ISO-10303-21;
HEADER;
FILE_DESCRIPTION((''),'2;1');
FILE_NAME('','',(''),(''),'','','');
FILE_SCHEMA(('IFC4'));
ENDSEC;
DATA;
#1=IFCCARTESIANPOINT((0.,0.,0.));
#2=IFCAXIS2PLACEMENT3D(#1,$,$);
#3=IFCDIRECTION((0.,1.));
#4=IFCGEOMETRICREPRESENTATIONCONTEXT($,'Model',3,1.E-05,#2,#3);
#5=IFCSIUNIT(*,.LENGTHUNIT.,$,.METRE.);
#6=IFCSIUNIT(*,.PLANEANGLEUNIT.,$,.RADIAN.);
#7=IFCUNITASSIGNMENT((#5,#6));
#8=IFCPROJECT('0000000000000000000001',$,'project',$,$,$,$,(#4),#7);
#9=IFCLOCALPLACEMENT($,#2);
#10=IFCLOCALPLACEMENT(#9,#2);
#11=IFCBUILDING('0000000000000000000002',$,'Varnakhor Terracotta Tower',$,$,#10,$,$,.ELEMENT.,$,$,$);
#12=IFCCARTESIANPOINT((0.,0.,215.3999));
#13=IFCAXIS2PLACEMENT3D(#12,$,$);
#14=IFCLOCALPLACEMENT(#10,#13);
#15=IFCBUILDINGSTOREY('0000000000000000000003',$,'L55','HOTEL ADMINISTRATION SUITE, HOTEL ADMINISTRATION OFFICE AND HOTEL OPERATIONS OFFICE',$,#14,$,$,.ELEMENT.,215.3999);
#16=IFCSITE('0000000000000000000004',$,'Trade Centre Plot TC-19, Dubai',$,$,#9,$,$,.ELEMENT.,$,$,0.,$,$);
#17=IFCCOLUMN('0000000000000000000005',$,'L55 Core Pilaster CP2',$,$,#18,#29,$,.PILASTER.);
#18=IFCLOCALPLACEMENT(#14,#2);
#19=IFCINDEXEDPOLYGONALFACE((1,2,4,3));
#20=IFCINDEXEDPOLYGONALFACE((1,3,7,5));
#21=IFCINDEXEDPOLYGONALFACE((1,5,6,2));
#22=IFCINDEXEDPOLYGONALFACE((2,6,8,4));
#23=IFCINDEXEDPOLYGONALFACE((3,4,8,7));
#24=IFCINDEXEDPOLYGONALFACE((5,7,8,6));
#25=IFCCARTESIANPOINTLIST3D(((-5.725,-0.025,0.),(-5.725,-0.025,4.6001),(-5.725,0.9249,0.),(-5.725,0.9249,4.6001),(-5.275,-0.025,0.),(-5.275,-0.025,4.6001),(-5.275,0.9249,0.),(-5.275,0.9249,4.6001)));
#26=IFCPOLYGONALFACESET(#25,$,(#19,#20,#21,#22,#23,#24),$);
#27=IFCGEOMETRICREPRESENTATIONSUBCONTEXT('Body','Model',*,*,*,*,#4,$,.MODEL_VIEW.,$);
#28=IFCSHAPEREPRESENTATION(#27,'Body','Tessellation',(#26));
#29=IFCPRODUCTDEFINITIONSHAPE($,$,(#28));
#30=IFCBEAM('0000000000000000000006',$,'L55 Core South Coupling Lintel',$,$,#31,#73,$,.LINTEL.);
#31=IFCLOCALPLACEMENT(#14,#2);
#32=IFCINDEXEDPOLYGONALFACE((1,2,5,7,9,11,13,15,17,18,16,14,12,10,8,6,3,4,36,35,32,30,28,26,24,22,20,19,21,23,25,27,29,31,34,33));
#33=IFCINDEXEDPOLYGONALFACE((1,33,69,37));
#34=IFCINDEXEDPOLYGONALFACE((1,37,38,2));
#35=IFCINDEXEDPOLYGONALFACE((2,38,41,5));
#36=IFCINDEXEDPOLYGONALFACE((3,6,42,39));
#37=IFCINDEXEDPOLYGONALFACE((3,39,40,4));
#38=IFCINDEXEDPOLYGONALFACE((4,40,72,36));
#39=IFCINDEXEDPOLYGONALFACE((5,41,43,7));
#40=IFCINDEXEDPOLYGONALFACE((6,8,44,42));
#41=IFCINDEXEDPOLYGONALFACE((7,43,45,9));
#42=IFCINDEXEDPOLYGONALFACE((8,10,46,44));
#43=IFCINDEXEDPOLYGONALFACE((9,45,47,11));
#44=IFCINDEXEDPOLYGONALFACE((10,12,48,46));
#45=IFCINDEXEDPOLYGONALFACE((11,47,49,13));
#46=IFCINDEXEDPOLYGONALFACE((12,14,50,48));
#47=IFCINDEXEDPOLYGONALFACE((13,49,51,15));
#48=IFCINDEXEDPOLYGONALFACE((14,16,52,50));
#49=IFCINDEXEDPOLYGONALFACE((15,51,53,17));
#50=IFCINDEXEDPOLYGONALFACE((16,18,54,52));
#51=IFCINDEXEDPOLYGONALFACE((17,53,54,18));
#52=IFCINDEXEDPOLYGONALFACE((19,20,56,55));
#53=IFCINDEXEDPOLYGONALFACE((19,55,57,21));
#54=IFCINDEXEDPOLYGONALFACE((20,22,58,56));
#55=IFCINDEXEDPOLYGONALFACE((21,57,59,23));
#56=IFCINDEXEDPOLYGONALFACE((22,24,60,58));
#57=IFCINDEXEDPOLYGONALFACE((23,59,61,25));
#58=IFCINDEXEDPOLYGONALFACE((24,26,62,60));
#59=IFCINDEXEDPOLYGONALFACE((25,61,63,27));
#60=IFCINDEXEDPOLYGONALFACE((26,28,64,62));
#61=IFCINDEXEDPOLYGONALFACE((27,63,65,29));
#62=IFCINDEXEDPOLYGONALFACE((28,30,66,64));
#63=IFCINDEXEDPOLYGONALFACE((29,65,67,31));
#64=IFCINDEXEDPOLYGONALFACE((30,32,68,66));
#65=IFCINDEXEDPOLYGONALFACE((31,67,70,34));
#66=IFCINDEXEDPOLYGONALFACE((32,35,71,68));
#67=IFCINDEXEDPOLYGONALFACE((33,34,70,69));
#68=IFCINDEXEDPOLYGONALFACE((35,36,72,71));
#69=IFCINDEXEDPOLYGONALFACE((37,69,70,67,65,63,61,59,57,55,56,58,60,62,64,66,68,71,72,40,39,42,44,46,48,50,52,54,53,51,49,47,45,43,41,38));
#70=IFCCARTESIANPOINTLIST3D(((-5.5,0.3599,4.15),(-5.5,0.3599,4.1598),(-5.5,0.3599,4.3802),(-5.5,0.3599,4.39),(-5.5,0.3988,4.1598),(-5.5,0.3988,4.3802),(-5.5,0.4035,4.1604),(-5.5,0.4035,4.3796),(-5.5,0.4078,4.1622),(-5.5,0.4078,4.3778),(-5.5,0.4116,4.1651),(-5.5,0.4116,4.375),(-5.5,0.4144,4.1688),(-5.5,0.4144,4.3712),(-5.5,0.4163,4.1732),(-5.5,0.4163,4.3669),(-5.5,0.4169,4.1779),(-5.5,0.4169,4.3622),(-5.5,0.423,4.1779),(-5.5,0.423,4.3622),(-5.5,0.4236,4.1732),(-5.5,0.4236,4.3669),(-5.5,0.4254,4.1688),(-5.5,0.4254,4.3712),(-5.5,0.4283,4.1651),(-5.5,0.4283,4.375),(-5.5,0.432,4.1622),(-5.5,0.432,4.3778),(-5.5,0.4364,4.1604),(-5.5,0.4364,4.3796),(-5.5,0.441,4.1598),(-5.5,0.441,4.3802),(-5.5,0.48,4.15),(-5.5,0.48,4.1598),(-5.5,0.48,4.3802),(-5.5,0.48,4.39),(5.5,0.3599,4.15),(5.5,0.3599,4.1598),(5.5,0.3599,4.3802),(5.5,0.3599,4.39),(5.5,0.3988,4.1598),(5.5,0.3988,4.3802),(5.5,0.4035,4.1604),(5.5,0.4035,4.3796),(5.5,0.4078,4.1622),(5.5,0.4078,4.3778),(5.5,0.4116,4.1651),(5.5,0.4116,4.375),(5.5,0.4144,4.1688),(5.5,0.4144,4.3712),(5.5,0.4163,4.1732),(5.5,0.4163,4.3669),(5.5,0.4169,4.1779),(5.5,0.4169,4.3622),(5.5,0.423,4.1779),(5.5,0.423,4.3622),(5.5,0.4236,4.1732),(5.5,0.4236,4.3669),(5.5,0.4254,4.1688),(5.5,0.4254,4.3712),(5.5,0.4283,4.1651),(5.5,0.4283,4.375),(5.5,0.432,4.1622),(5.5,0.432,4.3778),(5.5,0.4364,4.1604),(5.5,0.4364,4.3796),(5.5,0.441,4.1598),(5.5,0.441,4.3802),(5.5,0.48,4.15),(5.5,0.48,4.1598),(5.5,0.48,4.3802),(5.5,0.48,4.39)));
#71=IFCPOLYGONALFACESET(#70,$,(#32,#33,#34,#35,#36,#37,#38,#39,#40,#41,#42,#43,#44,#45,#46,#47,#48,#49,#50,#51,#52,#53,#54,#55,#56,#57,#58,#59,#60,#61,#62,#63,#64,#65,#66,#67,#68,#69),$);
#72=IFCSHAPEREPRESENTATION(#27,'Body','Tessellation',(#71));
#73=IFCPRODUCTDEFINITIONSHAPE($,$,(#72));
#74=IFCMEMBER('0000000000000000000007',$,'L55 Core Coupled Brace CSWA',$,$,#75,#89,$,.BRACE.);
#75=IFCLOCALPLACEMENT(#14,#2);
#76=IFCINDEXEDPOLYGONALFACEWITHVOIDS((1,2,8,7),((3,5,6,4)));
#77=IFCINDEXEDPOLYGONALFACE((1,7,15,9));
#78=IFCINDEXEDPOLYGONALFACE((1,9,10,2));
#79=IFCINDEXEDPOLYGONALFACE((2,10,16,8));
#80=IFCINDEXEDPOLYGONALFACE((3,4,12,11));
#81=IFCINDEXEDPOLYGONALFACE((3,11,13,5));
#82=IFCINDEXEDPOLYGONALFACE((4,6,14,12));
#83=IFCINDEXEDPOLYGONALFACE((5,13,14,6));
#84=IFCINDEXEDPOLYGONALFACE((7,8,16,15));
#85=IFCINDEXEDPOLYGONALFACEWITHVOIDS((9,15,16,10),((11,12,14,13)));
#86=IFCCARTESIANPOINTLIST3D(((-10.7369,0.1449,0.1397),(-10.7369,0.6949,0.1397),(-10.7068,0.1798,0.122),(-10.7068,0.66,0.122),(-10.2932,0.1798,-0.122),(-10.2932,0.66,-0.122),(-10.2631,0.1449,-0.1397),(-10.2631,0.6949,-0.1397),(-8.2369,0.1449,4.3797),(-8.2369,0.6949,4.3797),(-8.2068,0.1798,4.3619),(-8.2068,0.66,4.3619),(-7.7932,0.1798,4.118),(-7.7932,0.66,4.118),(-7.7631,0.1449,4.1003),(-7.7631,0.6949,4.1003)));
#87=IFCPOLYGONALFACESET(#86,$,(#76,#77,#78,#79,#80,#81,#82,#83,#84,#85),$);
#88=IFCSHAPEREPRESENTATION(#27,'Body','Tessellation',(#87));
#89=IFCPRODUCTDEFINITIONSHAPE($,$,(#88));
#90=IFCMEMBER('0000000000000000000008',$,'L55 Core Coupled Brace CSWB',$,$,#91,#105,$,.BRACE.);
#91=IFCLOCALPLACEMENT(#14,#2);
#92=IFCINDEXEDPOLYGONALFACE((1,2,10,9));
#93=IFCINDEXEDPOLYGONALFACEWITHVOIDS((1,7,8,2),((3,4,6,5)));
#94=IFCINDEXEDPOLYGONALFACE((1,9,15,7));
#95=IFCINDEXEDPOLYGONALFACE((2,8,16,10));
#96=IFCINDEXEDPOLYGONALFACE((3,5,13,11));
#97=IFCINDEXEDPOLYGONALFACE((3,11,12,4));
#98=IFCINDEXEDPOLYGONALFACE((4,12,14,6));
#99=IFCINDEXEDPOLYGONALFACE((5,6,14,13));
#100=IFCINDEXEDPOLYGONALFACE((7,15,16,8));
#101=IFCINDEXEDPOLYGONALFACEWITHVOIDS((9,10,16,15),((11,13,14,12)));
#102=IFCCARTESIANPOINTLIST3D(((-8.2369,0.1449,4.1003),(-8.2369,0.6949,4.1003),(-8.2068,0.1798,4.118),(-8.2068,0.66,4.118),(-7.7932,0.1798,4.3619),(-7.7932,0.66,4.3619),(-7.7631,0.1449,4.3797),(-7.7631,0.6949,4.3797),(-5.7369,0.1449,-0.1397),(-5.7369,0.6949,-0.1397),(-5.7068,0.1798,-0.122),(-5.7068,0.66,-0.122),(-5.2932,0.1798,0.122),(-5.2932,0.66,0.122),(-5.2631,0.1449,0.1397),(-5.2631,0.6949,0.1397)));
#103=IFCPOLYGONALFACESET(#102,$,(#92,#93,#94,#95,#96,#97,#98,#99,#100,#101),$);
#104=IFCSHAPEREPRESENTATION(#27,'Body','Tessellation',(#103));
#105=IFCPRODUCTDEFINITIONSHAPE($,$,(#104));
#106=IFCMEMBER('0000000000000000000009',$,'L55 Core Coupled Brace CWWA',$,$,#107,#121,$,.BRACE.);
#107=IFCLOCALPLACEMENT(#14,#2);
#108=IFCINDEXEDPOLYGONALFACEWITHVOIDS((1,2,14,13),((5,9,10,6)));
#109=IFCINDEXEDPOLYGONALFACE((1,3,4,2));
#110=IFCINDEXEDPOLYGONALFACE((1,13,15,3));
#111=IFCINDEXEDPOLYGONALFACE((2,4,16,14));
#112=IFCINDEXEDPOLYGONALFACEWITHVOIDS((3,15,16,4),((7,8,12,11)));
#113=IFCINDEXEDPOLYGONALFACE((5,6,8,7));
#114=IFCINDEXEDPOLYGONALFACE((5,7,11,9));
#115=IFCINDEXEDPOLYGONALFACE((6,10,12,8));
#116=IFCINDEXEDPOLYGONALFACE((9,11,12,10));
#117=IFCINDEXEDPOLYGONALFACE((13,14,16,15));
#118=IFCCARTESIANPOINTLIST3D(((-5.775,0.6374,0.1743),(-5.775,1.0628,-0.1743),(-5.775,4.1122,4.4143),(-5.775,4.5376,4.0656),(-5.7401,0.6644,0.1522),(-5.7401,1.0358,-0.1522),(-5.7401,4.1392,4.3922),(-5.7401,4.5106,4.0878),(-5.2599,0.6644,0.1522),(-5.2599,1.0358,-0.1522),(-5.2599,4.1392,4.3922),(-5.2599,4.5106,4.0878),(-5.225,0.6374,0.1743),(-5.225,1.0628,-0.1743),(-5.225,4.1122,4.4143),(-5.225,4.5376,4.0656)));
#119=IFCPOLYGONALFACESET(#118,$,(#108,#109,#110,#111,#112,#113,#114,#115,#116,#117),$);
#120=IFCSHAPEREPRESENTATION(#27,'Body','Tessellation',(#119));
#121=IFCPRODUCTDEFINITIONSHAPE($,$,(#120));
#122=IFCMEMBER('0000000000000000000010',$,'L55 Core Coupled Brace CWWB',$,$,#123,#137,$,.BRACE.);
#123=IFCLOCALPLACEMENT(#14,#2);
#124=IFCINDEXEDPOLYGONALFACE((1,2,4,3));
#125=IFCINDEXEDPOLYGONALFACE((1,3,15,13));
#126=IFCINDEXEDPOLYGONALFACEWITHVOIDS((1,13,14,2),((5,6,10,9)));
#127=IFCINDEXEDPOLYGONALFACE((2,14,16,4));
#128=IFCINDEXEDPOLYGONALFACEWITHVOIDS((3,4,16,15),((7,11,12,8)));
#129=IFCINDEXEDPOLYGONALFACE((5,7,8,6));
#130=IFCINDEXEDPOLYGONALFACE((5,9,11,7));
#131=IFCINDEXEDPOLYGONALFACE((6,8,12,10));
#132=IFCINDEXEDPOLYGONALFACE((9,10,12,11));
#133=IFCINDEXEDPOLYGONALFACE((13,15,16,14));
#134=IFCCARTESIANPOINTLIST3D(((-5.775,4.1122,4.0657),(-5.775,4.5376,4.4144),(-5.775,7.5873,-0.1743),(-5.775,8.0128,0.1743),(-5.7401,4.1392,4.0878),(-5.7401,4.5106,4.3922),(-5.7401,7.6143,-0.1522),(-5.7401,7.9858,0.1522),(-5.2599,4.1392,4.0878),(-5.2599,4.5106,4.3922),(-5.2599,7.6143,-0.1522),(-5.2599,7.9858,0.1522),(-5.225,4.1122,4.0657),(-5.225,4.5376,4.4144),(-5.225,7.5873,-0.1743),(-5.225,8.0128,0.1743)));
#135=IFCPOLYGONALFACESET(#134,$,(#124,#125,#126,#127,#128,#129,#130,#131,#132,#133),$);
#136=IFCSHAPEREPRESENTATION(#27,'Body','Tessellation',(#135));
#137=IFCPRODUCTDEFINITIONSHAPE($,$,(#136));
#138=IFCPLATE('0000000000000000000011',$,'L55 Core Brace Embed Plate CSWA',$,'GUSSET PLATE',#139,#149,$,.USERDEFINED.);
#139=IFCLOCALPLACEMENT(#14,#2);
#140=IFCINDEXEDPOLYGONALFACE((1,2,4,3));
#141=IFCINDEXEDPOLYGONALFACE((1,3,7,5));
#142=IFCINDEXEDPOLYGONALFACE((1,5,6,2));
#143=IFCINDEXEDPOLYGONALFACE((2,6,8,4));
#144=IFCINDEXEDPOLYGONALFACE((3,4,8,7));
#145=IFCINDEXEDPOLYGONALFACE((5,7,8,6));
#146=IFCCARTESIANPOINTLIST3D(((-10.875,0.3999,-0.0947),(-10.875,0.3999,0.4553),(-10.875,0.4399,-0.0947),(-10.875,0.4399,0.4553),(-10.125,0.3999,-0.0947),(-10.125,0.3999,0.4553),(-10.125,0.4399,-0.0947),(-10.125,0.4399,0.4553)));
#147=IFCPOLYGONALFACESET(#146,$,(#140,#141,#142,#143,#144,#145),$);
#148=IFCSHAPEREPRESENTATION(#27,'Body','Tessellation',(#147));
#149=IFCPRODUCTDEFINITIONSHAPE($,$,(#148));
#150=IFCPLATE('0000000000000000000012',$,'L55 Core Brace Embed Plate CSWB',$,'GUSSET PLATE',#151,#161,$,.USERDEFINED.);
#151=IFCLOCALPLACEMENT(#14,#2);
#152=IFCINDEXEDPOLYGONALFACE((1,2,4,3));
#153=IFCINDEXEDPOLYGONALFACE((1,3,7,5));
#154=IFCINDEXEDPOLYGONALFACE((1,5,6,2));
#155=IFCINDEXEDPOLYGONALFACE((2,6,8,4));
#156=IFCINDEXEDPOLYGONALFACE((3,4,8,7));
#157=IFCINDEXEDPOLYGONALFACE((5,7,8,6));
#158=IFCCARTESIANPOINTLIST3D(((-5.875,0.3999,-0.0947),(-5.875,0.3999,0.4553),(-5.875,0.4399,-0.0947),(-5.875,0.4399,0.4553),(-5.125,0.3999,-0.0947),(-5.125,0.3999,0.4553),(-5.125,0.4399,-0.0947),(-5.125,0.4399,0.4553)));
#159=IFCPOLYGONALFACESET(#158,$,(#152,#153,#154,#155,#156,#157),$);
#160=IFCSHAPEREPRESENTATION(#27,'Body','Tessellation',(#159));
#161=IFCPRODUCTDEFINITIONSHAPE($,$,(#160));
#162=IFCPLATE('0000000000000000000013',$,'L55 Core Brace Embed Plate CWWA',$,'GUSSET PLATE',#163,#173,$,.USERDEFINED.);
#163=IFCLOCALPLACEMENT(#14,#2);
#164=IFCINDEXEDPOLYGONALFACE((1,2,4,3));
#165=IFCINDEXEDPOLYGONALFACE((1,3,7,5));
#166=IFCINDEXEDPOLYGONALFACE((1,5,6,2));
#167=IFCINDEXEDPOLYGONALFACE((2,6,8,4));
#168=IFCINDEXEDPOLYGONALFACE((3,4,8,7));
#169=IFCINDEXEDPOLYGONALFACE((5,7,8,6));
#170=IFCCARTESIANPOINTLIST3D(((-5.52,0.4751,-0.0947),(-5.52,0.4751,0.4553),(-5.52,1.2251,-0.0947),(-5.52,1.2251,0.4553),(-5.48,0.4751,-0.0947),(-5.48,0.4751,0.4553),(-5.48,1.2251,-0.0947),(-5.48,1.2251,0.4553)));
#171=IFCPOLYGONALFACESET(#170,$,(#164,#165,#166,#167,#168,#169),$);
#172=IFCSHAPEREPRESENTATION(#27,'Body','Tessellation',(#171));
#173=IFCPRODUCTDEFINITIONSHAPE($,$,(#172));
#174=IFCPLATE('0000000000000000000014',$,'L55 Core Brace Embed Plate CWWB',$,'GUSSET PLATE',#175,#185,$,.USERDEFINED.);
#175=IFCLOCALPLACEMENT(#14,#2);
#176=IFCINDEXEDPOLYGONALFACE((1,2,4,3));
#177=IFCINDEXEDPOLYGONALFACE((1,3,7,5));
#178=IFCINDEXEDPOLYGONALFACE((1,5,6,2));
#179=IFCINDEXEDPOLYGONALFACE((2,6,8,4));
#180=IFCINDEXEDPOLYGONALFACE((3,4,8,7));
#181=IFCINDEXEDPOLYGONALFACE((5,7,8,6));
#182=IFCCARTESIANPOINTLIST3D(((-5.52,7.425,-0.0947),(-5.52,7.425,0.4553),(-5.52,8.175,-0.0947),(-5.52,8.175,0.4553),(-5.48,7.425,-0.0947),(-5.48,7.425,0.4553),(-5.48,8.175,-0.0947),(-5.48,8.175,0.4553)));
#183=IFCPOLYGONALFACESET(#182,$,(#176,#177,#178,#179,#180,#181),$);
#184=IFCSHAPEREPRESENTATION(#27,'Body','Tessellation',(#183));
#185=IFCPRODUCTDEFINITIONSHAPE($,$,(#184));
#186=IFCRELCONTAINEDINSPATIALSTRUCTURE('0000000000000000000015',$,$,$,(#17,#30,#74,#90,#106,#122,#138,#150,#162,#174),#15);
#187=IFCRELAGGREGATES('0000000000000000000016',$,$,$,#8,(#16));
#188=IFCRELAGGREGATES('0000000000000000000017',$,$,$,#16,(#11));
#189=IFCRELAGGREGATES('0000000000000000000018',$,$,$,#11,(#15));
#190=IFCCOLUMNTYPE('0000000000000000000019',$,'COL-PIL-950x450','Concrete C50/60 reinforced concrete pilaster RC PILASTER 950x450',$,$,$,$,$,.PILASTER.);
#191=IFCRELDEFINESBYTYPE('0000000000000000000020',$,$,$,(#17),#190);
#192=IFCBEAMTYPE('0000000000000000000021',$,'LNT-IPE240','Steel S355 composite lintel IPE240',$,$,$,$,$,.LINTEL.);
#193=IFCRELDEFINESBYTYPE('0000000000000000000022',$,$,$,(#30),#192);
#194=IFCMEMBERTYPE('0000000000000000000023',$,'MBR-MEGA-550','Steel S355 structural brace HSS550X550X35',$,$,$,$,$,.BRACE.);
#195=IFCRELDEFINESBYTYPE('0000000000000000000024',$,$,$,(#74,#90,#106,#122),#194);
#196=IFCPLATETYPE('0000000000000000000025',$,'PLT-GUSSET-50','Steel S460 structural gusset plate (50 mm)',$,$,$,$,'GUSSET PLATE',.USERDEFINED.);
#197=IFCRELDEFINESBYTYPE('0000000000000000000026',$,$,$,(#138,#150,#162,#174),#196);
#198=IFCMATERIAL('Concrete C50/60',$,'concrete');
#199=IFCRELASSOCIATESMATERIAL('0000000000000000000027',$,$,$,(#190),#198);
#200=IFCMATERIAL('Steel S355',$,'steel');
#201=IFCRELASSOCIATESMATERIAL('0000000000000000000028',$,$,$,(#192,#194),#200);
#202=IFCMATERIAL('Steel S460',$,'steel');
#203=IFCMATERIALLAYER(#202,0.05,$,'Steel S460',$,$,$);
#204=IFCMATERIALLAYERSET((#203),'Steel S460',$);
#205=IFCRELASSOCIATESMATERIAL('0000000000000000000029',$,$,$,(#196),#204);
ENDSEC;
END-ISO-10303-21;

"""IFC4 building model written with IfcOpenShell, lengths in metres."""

from ifc_helpers import new_model, si_unit, direction, frame, origin, origin_2d, place, context, subcontext, project, spatial, rectangle, hollow_rectangle, i_section, extrude, source, transform, mapped, material, layer, layer_set, material_profile, profile_set, type_object, type_shapes, element, save


model = new_model("IFC4")

# Units and contexts
model_context = context("Model", 3, precision=1e-05, world=origin(), true_north=direction((0.0, 1.0)))
body_context = subcontext(model_context, "Body", "Model", "MODEL_VIEW")
ifc_project = project(units=[si_unit("LENGTHUNIT", "METRE"), si_unit("PLANEANGLEUNIT", "RADIAN")], contexts=[model_context])

# Site, building, storey
site_placement = place(None, origin())
site = spatial("IfcSite", under=ifc_project, at=site_placement, Name="Trade Centre Plot TC-19, Dubai", CompositionType="ELEMENT", RefElevation=0.0)
building_placement = place(site_placement, origin())
building = spatial("IfcBuilding", under=site, at=building_placement, Name="Varnakhor Terracotta Tower", CompositionType="ELEMENT")
storey_placement = place(building_placement, frame((0.0, 0.0, 215.3999)))
storey = spatial("IfcBuildingStorey", under=building, at=storey_placement, Name="L55", Description="HOTEL ADMINISTRATION SUITE, HOTEL ADMINISTRATION OFFICE AND HOTEL OPERATIONS OFFICE", CompositionType="ELEMENT", Elevation=215.3999)

# Column
ifc_material_1 = material(Name="Concrete C50/60", Category="concrete")
ifc_material_profile_1 = material_profile(ifc_material_1, rectangle(XDim=0.45, YDim=0.95, at=origin_2d()), Name="RC PILASTER 950x450")
ifc_profile_set_1 = profile_set([ifc_material_profile_1], Name="Concrete C50/60")
column_type = type_object("IfcColumnType", Name="COL-PIL-950x450", Description="Concrete C50/60 reinforced concrete pilaster RC PILASTER 950x450", PredefinedType="PILASTER", material=ifc_profile_set_1)
shared_shape_1 = source(origin(), body_context, "Body", "SweptSolid", [
    extrude(rectangle(XDim=0.45, YDim=0.95, at=origin_2d()), origin(), (0.0, 0.0, 1.0), 4.6001),
])
column_placement = place(storey_placement, frame((-5.5, 0.45, 0.0), z_axis=(0.0, 0.0, 1.0), x_axis=(1.0, 0.0, 0.0)))
element("IfcColumn", 1, at=column_placement, inside=storey, type_object=column_type, Name="L55 Core Pilaster CP2", PredefinedType="PILASTER", context=body_context, shape_type="MappedRepresentation", body=[
    mapped(shared_shape_1, transform((0.0, 0.0, 0.0), scale=1.0)),
])

# Beam
ifc_material_2 = material(Name="Steel S355", Category="steel")
ifc_material_profile_2 = material_profile(ifc_material_2, i_section(OverallWidth=0.1201, OverallDepth=0.24, WebThickness=0.0061, FlangeThickness=0.0098, FilletRadius=0.0181, at=origin_2d()), Name="IPE240")
ifc_profile_set_2 = profile_set([ifc_material_profile_2], Name="Steel S355")
beam_type = type_object("IfcBeamType", Name="LNT-IPE240", Description="Steel S355 composite lintel IPE240", PredefinedType="LINTEL", material=ifc_profile_set_2)
shared_shape_2 = source(origin(), body_context, "Body", "SweptSolid", [
    extrude(i_section(OverallWidth=0.1201, OverallDepth=0.24, WebThickness=0.0061, FlangeThickness=0.0098, FilletRadius=0.0181, at=origin_2d()), origin(), (0.0, 0.0, 1.0), 11.0),
])
type_shapes(beam_type, [shared_shape_2])
beam_placement = place(storey_placement, frame((-5.5, 0.4199, 4.27), z_axis=(1.0, 0.0, 0.0), x_axis=(0.0, 1.0, 0.0)))
element("IfcBeam", 2, at=beam_placement, inside=storey, type_object=beam_type, Name="L55 Core South Coupling Lintel", PredefinedType="LINTEL", context=body_context, shape_type="MappedRepresentation", body=[
    mapped(shared_shape_2, transform((0.0, 0.0, 0.0), scale=1.0)),
])

# Members
ifc_material_profile_3 = material_profile(ifc_material_2, hollow_rectangle(XDim=0.55, YDim=0.55, WallThickness=0.0349, at=origin_2d()), Name="HSS550X550X35")
ifc_profile_set_3 = profile_set([ifc_material_profile_3], Name="Steel S355")
member_type = type_object("IfcMemberType", Name="MBR-MEGA-550", Description="Steel S355 structural brace HSS550X550X35", PredefinedType="BRACE", material=ifc_profile_set_3)
shared_shape_3 = source(origin(), body_context, "Body", "SweptSolid", [
    extrude(hollow_rectangle(XDim=0.55, YDim=0.55, WallThickness=0.0349, at=origin_2d()), origin(), (0.0, 0.0, 1.0), 4.9221),
])
type_shapes(member_type, [shared_shape_3])
for number, where, z_axis, x_axis, name in (
    (3, (-10.5, 0.4199, 0.0), (0.507909, 0.0, 0.861411), (0.0, 1.0, 0.0), "L55 Core Coupled Brace CSWA"),
    (4, (-5.5, 0.4199, 0.0), (-0.507909, 0.0, 0.861411), (0.0, -1.0, 0.0), "L55 Core Coupled Brace CSWB"),
):
    element("IfcMember", number, at=place(storey_placement, frame(where, z_axis=z_axis, x_axis=x_axis)), inside=storey, type_object=member_type, Name=name, PredefinedType="BRACE", context=body_context, shape_type="MappedRepresentation", body=[
        mapped(shared_shape_3, transform((0.0, 0.0, 0.0), scale=1.0)),
    ])
shared_shape_4 = source(origin(), body_context, "Body", "SweptSolid", [
    extrude(hollow_rectangle(XDim=0.55, YDim=0.55, WallThickness=0.0349, at=origin_2d()), origin(), (0.0, 0.0, 1.0), 5.4819),
])
member_1_placement = place(storey_placement, frame((-5.5, 0.8501, 0.0), z_axis=(0.0, 0.633868, 0.773441), x_axis=(-1.0, 0.0, 0.0)))
element("IfcMember", 5, at=member_1_placement, inside=storey, type_object=member_type, Name="L55 Core Coupled Brace CWWA", PredefinedType="BRACE", context=body_context, shape_type="MappedRepresentation", body=[
    mapped(shared_shape_4, transform((0.0, 0.0, 0.0), scale=1.0)),
])
shared_shape_5 = source(origin(), body_context, "Body", "SweptSolid", [
    extrude(hollow_rectangle(XDim=0.55, YDim=0.55, WallThickness=0.0349, at=origin_2d()), origin(), (0.0, 0.0, 1.0), 5.4822),
])
member_2_placement = place(storey_placement, frame((-5.5, 7.8, 0.0), z_axis=(0.0, -0.633895, 0.773419), x_axis=(1.0, 0.0, 0.0)))
element("IfcMember", 6, at=member_2_placement, inside=storey, type_object=member_type, Name="L55 Core Coupled Brace CWWB", PredefinedType="BRACE", context=body_context, shape_type="MappedRepresentation", body=[
    mapped(shared_shape_5, transform((0.0, 0.0, 0.0), scale=1.0)),
])

# Plates
ifc_material_3 = material(Name="Steel S460", Category="steel")
ifc_layer_1 = layer(ifc_material_3, 0.05, Name="Steel S460")
ifc_layer_set_1 = layer_set([ifc_layer_1], Name="Steel S460")
plate_type = type_object("IfcPlateType", Name="PLT-GUSSET-50", Description="Steel S460 structural gusset plate (50 mm)", ElementType="GUSSET PLATE", PredefinedType="USERDEFINED", material=ifc_layer_set_1)
shared_shape_6 = source(origin(), body_context, "Body", "SweptSolid", [
    extrude(rectangle(XDim=0.75, YDim=0.04, at=origin_2d()), origin(), (0.0, 0.0, 1.0), 0.55),
])
type_shapes(plate_type, [shared_shape_6])
for number, where, z_axis, x_axis, name in (
    (7, (-10.5, 0.4199, -0.0947), (0.0, 0.0, 1.0), (1.0, 0.0, 0.0), "L55 Core Brace Embed Plate CSWA"),
    (8, (-5.5, 0.4199, -0.0947), (0.0, 0.0, 1.0), (1.0, 0.0, 0.0), "L55 Core Brace Embed Plate CSWB"),
    (9, (-5.5, 0.8501, -0.0947), (0.0, 0.0, 1.0), (0.0, 1.0, 0.0), "L55 Core Brace Embed Plate CWWA"),
    (10, (-5.5, 7.8, -0.0947), (0.0, 0.0, 1.0), (0.0, 1.0, 0.0), "L55 Core Brace Embed Plate CWWB"),
):
    element("IfcPlate", number, at=place(storey_placement, frame(where, z_axis=z_axis, x_axis=x_axis)), inside=storey, type_object=plate_type, Name=name, ObjectType="GUSSET PLATE", PredefinedType="USERDEFINED", context=body_context, shape_type="MappedRepresentation", body=[
        mapped(shared_shape_6, transform((0.0, 0.0, 0.0), scale=1.0)),
    ])

save(model, "model.ifc")
